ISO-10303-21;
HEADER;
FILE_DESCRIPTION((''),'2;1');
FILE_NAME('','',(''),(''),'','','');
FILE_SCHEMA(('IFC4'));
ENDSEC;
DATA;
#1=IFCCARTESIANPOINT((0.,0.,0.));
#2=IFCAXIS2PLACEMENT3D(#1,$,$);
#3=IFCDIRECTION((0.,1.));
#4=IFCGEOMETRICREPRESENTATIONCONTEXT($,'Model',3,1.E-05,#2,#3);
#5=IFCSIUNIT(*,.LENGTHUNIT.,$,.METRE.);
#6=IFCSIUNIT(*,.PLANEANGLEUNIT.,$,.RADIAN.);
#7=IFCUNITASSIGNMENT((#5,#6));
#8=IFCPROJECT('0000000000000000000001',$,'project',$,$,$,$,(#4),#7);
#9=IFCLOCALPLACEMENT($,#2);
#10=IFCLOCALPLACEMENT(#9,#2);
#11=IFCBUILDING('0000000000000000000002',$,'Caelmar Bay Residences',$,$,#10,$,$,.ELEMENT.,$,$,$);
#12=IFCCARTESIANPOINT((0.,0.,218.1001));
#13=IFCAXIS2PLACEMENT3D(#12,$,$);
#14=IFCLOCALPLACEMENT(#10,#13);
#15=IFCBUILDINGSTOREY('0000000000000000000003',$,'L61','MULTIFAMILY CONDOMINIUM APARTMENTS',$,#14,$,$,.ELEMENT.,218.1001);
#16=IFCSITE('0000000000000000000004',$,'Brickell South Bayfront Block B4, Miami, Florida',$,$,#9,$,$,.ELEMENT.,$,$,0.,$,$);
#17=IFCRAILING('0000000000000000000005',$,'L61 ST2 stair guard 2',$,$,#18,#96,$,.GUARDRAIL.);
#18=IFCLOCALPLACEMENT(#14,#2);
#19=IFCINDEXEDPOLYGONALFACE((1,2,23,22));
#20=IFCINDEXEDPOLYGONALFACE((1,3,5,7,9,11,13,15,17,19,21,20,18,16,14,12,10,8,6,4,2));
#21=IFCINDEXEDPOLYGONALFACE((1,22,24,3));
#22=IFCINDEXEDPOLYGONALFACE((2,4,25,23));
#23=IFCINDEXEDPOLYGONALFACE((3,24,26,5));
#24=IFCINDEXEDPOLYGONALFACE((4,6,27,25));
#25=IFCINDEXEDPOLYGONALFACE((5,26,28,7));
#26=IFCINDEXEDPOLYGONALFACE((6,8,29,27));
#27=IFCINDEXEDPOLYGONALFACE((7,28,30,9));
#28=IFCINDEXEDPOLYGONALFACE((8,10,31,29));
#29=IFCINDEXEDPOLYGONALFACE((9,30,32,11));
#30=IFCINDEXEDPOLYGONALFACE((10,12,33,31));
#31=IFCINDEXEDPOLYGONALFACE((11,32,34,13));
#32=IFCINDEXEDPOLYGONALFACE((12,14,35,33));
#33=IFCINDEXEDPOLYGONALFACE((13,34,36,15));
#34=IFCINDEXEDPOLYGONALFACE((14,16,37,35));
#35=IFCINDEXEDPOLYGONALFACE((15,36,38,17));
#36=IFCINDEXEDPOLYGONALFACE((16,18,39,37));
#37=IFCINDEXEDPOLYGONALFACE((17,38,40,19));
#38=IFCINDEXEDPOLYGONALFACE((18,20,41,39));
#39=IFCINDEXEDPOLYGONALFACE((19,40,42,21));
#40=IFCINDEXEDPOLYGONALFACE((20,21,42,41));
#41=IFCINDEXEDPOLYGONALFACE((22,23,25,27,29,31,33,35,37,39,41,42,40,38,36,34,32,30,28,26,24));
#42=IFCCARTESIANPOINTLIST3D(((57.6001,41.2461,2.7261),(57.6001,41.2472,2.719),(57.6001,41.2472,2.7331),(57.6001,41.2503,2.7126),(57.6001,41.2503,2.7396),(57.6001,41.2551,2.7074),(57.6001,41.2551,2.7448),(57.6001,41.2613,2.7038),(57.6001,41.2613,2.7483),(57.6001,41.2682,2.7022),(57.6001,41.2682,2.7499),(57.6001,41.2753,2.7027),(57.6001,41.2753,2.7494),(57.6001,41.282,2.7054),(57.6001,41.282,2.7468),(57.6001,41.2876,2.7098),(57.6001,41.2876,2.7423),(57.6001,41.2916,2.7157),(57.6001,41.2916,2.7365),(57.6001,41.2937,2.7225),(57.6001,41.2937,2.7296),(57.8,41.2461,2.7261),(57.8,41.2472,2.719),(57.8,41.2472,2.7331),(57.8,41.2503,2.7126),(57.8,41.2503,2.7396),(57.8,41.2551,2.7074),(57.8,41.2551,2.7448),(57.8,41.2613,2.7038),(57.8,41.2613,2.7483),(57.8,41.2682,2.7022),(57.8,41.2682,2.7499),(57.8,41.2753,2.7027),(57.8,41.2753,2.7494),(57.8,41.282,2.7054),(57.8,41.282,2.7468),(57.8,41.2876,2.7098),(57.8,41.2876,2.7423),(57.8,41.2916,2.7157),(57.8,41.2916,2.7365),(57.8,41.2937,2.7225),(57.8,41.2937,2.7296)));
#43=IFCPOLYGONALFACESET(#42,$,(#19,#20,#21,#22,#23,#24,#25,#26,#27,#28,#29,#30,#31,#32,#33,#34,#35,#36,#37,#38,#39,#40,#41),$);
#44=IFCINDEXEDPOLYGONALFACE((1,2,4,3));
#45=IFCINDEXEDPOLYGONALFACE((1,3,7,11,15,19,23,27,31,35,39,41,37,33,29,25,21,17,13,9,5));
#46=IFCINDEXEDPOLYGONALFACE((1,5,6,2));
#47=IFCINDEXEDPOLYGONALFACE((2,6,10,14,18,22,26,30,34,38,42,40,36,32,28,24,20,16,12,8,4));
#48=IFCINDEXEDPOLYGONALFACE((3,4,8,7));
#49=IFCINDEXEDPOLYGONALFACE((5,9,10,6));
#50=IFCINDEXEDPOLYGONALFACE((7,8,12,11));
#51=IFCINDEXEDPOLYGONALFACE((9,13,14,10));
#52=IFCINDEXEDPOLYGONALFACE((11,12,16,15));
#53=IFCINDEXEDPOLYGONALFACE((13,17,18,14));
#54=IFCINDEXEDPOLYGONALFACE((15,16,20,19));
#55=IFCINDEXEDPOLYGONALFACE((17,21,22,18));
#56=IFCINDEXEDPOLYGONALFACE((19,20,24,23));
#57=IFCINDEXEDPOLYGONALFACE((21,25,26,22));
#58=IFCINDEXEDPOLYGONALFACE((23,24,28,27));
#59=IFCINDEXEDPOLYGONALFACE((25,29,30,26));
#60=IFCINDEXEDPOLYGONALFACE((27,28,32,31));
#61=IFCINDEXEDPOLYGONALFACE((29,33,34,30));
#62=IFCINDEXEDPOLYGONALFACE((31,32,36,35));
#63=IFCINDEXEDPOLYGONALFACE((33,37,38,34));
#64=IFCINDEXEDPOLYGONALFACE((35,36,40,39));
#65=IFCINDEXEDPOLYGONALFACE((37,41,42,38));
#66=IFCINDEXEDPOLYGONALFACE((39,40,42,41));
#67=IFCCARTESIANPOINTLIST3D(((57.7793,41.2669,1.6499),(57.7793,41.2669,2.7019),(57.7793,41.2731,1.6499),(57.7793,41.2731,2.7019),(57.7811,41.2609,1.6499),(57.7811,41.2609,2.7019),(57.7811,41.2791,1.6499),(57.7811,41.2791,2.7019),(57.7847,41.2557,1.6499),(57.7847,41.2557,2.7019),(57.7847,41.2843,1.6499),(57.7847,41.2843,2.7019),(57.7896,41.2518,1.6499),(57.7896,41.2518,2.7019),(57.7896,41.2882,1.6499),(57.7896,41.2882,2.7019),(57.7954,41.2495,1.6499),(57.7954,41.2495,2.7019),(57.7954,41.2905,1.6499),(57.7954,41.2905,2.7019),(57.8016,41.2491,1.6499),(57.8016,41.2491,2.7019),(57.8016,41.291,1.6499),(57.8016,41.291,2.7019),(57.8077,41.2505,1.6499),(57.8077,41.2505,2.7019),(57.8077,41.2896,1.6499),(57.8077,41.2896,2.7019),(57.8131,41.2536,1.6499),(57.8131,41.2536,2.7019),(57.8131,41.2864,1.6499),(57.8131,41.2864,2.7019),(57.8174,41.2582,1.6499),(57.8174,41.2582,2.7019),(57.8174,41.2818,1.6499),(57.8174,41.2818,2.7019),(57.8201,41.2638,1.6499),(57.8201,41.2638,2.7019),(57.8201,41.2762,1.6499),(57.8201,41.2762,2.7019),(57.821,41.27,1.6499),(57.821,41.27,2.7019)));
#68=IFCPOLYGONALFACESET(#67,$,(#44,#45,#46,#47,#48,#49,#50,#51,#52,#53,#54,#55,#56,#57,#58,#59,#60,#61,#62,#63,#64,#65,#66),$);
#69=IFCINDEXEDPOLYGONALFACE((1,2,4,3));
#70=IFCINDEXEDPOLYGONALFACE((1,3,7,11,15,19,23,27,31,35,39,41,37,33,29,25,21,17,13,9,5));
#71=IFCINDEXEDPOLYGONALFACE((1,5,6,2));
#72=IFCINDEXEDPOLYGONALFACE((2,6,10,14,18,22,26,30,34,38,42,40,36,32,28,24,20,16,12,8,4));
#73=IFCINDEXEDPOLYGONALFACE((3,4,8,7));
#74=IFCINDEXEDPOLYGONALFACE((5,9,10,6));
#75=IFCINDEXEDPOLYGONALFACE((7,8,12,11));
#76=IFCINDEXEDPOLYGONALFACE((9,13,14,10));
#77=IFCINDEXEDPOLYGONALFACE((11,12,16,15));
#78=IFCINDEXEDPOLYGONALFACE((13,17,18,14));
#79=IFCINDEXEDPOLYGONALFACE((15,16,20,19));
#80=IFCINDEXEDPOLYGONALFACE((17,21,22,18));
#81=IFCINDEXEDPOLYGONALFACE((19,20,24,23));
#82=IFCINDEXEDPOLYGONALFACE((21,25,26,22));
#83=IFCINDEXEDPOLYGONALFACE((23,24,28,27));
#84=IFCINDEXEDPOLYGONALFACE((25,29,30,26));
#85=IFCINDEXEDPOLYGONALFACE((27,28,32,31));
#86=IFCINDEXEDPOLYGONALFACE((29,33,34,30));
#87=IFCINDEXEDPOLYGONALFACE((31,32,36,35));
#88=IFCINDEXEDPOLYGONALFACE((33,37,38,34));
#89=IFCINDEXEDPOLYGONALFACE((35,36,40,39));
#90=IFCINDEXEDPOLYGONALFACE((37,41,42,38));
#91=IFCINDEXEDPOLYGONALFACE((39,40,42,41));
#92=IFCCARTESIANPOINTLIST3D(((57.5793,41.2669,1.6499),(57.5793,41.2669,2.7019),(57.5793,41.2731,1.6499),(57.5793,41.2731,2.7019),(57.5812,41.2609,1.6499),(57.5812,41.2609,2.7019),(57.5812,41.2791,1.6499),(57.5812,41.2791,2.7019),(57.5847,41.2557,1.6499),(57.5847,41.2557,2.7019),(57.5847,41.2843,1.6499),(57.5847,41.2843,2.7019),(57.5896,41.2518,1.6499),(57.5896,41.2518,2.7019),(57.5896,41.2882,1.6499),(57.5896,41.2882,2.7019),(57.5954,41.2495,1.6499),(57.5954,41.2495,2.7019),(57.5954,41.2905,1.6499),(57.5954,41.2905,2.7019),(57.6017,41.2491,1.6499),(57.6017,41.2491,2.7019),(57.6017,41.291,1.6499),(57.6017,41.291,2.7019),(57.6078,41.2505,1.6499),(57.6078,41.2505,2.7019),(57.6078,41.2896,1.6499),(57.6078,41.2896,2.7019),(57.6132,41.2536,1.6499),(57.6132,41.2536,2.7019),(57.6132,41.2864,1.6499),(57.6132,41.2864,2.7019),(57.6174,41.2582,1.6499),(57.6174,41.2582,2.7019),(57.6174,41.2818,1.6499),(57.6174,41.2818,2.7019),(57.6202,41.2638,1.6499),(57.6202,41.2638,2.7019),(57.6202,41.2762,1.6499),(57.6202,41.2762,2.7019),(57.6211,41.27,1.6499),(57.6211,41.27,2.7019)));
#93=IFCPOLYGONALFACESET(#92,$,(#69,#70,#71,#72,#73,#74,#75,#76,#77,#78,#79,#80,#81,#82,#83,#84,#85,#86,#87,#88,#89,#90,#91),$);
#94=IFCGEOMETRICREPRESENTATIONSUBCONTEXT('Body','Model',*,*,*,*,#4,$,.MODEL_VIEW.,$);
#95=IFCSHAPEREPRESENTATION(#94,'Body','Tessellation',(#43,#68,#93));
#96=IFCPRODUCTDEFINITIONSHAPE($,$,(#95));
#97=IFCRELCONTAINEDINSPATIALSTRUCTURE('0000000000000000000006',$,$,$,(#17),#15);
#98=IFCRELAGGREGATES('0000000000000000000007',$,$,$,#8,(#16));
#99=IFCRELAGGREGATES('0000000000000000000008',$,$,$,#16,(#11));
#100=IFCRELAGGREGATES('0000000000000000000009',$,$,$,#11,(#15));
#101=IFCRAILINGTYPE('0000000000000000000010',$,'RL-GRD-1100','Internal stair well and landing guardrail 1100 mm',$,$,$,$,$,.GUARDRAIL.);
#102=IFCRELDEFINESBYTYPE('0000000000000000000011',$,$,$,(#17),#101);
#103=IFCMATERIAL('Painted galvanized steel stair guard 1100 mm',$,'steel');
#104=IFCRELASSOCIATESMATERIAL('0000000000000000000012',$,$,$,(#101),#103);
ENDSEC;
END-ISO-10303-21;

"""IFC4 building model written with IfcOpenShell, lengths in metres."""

from ifc_helpers import new_model, si_unit, direction, frame, origin, origin_2d, place, context, subcontext, project, spatial, circle, extrude, material, type_object, element, save


model = new_model("IFC4")

# Units and contexts
model_context = context("Model", 3, precision=1e-05, world=origin(), true_north=direction((0.0, 1.0)))
body_context = subcontext(model_context, "Body", "Model", "MODEL_VIEW")
ifc_project = project(units=[si_unit("LENGTHUNIT", "METRE"), si_unit("PLANEANGLEUNIT", "RADIAN")], contexts=[model_context])

# Site, building, storey
site_placement = place(None, origin())
site = spatial("IfcSite", under=ifc_project, at=site_placement, Name="Brickell South Bayfront Block B4, Miami, Florida", CompositionType="ELEMENT", RefElevation=0.0)
building_placement = place(site_placement, origin())
building = spatial("IfcBuilding", under=site, at=building_placement, Name="Caelmar Bay Residences", CompositionType="ELEMENT")
storey_placement = place(building_placement, frame((0.0, 0.0, 218.1001)))
storey = spatial("IfcBuildingStorey", under=building, at=storey_placement, Name="L61", Description="MULTIFAMILY CONDOMINIUM APARTMENTS", CompositionType="ELEMENT", Elevation=218.1001)

# Railing
ifc_material_1 = material(Name="Painted galvanized steel stair guard 1100 mm", Category="steel")
railing_type_1 = type_object("IfcRailingType", Name="RL-GRD-1100", Description="Internal stair well and landing guardrail 1100 mm", PredefinedType="GUARDRAIL", material=ifc_material_1)
railing_1_placement = place(storey_placement, frame((57.8, 41.27, 1.6499)))
element("IfcRailing", 1, at=railing_1_placement, inside=storey, type_object=railing_type_1, Name="L61 ST2 stair guard 2", PredefinedType="GUARDRAIL", context=body_context, shape_type="SweptSolid", body=[
    extrude(circle(Radius=0.0239, at=origin_2d()), frame((0.0, 0.0, 1.0762), z_axis=(-1.0, 0.0, 0.0), x_axis=(0.0, -1.0, 0.0)), (0.0, 0.0, 1.0), 0.2),
    extrude(circle(Radius=0.021, at=origin_2d()), origin(), (0.0, 0.0, 1.0), 1.052),
    extrude(circle(Radius=0.021, at=origin_2d()), frame((-0.2, 0.0, 0.0)), (0.0, 0.0, 1.0), 1.052),
])

save(model, "model.ifc")
